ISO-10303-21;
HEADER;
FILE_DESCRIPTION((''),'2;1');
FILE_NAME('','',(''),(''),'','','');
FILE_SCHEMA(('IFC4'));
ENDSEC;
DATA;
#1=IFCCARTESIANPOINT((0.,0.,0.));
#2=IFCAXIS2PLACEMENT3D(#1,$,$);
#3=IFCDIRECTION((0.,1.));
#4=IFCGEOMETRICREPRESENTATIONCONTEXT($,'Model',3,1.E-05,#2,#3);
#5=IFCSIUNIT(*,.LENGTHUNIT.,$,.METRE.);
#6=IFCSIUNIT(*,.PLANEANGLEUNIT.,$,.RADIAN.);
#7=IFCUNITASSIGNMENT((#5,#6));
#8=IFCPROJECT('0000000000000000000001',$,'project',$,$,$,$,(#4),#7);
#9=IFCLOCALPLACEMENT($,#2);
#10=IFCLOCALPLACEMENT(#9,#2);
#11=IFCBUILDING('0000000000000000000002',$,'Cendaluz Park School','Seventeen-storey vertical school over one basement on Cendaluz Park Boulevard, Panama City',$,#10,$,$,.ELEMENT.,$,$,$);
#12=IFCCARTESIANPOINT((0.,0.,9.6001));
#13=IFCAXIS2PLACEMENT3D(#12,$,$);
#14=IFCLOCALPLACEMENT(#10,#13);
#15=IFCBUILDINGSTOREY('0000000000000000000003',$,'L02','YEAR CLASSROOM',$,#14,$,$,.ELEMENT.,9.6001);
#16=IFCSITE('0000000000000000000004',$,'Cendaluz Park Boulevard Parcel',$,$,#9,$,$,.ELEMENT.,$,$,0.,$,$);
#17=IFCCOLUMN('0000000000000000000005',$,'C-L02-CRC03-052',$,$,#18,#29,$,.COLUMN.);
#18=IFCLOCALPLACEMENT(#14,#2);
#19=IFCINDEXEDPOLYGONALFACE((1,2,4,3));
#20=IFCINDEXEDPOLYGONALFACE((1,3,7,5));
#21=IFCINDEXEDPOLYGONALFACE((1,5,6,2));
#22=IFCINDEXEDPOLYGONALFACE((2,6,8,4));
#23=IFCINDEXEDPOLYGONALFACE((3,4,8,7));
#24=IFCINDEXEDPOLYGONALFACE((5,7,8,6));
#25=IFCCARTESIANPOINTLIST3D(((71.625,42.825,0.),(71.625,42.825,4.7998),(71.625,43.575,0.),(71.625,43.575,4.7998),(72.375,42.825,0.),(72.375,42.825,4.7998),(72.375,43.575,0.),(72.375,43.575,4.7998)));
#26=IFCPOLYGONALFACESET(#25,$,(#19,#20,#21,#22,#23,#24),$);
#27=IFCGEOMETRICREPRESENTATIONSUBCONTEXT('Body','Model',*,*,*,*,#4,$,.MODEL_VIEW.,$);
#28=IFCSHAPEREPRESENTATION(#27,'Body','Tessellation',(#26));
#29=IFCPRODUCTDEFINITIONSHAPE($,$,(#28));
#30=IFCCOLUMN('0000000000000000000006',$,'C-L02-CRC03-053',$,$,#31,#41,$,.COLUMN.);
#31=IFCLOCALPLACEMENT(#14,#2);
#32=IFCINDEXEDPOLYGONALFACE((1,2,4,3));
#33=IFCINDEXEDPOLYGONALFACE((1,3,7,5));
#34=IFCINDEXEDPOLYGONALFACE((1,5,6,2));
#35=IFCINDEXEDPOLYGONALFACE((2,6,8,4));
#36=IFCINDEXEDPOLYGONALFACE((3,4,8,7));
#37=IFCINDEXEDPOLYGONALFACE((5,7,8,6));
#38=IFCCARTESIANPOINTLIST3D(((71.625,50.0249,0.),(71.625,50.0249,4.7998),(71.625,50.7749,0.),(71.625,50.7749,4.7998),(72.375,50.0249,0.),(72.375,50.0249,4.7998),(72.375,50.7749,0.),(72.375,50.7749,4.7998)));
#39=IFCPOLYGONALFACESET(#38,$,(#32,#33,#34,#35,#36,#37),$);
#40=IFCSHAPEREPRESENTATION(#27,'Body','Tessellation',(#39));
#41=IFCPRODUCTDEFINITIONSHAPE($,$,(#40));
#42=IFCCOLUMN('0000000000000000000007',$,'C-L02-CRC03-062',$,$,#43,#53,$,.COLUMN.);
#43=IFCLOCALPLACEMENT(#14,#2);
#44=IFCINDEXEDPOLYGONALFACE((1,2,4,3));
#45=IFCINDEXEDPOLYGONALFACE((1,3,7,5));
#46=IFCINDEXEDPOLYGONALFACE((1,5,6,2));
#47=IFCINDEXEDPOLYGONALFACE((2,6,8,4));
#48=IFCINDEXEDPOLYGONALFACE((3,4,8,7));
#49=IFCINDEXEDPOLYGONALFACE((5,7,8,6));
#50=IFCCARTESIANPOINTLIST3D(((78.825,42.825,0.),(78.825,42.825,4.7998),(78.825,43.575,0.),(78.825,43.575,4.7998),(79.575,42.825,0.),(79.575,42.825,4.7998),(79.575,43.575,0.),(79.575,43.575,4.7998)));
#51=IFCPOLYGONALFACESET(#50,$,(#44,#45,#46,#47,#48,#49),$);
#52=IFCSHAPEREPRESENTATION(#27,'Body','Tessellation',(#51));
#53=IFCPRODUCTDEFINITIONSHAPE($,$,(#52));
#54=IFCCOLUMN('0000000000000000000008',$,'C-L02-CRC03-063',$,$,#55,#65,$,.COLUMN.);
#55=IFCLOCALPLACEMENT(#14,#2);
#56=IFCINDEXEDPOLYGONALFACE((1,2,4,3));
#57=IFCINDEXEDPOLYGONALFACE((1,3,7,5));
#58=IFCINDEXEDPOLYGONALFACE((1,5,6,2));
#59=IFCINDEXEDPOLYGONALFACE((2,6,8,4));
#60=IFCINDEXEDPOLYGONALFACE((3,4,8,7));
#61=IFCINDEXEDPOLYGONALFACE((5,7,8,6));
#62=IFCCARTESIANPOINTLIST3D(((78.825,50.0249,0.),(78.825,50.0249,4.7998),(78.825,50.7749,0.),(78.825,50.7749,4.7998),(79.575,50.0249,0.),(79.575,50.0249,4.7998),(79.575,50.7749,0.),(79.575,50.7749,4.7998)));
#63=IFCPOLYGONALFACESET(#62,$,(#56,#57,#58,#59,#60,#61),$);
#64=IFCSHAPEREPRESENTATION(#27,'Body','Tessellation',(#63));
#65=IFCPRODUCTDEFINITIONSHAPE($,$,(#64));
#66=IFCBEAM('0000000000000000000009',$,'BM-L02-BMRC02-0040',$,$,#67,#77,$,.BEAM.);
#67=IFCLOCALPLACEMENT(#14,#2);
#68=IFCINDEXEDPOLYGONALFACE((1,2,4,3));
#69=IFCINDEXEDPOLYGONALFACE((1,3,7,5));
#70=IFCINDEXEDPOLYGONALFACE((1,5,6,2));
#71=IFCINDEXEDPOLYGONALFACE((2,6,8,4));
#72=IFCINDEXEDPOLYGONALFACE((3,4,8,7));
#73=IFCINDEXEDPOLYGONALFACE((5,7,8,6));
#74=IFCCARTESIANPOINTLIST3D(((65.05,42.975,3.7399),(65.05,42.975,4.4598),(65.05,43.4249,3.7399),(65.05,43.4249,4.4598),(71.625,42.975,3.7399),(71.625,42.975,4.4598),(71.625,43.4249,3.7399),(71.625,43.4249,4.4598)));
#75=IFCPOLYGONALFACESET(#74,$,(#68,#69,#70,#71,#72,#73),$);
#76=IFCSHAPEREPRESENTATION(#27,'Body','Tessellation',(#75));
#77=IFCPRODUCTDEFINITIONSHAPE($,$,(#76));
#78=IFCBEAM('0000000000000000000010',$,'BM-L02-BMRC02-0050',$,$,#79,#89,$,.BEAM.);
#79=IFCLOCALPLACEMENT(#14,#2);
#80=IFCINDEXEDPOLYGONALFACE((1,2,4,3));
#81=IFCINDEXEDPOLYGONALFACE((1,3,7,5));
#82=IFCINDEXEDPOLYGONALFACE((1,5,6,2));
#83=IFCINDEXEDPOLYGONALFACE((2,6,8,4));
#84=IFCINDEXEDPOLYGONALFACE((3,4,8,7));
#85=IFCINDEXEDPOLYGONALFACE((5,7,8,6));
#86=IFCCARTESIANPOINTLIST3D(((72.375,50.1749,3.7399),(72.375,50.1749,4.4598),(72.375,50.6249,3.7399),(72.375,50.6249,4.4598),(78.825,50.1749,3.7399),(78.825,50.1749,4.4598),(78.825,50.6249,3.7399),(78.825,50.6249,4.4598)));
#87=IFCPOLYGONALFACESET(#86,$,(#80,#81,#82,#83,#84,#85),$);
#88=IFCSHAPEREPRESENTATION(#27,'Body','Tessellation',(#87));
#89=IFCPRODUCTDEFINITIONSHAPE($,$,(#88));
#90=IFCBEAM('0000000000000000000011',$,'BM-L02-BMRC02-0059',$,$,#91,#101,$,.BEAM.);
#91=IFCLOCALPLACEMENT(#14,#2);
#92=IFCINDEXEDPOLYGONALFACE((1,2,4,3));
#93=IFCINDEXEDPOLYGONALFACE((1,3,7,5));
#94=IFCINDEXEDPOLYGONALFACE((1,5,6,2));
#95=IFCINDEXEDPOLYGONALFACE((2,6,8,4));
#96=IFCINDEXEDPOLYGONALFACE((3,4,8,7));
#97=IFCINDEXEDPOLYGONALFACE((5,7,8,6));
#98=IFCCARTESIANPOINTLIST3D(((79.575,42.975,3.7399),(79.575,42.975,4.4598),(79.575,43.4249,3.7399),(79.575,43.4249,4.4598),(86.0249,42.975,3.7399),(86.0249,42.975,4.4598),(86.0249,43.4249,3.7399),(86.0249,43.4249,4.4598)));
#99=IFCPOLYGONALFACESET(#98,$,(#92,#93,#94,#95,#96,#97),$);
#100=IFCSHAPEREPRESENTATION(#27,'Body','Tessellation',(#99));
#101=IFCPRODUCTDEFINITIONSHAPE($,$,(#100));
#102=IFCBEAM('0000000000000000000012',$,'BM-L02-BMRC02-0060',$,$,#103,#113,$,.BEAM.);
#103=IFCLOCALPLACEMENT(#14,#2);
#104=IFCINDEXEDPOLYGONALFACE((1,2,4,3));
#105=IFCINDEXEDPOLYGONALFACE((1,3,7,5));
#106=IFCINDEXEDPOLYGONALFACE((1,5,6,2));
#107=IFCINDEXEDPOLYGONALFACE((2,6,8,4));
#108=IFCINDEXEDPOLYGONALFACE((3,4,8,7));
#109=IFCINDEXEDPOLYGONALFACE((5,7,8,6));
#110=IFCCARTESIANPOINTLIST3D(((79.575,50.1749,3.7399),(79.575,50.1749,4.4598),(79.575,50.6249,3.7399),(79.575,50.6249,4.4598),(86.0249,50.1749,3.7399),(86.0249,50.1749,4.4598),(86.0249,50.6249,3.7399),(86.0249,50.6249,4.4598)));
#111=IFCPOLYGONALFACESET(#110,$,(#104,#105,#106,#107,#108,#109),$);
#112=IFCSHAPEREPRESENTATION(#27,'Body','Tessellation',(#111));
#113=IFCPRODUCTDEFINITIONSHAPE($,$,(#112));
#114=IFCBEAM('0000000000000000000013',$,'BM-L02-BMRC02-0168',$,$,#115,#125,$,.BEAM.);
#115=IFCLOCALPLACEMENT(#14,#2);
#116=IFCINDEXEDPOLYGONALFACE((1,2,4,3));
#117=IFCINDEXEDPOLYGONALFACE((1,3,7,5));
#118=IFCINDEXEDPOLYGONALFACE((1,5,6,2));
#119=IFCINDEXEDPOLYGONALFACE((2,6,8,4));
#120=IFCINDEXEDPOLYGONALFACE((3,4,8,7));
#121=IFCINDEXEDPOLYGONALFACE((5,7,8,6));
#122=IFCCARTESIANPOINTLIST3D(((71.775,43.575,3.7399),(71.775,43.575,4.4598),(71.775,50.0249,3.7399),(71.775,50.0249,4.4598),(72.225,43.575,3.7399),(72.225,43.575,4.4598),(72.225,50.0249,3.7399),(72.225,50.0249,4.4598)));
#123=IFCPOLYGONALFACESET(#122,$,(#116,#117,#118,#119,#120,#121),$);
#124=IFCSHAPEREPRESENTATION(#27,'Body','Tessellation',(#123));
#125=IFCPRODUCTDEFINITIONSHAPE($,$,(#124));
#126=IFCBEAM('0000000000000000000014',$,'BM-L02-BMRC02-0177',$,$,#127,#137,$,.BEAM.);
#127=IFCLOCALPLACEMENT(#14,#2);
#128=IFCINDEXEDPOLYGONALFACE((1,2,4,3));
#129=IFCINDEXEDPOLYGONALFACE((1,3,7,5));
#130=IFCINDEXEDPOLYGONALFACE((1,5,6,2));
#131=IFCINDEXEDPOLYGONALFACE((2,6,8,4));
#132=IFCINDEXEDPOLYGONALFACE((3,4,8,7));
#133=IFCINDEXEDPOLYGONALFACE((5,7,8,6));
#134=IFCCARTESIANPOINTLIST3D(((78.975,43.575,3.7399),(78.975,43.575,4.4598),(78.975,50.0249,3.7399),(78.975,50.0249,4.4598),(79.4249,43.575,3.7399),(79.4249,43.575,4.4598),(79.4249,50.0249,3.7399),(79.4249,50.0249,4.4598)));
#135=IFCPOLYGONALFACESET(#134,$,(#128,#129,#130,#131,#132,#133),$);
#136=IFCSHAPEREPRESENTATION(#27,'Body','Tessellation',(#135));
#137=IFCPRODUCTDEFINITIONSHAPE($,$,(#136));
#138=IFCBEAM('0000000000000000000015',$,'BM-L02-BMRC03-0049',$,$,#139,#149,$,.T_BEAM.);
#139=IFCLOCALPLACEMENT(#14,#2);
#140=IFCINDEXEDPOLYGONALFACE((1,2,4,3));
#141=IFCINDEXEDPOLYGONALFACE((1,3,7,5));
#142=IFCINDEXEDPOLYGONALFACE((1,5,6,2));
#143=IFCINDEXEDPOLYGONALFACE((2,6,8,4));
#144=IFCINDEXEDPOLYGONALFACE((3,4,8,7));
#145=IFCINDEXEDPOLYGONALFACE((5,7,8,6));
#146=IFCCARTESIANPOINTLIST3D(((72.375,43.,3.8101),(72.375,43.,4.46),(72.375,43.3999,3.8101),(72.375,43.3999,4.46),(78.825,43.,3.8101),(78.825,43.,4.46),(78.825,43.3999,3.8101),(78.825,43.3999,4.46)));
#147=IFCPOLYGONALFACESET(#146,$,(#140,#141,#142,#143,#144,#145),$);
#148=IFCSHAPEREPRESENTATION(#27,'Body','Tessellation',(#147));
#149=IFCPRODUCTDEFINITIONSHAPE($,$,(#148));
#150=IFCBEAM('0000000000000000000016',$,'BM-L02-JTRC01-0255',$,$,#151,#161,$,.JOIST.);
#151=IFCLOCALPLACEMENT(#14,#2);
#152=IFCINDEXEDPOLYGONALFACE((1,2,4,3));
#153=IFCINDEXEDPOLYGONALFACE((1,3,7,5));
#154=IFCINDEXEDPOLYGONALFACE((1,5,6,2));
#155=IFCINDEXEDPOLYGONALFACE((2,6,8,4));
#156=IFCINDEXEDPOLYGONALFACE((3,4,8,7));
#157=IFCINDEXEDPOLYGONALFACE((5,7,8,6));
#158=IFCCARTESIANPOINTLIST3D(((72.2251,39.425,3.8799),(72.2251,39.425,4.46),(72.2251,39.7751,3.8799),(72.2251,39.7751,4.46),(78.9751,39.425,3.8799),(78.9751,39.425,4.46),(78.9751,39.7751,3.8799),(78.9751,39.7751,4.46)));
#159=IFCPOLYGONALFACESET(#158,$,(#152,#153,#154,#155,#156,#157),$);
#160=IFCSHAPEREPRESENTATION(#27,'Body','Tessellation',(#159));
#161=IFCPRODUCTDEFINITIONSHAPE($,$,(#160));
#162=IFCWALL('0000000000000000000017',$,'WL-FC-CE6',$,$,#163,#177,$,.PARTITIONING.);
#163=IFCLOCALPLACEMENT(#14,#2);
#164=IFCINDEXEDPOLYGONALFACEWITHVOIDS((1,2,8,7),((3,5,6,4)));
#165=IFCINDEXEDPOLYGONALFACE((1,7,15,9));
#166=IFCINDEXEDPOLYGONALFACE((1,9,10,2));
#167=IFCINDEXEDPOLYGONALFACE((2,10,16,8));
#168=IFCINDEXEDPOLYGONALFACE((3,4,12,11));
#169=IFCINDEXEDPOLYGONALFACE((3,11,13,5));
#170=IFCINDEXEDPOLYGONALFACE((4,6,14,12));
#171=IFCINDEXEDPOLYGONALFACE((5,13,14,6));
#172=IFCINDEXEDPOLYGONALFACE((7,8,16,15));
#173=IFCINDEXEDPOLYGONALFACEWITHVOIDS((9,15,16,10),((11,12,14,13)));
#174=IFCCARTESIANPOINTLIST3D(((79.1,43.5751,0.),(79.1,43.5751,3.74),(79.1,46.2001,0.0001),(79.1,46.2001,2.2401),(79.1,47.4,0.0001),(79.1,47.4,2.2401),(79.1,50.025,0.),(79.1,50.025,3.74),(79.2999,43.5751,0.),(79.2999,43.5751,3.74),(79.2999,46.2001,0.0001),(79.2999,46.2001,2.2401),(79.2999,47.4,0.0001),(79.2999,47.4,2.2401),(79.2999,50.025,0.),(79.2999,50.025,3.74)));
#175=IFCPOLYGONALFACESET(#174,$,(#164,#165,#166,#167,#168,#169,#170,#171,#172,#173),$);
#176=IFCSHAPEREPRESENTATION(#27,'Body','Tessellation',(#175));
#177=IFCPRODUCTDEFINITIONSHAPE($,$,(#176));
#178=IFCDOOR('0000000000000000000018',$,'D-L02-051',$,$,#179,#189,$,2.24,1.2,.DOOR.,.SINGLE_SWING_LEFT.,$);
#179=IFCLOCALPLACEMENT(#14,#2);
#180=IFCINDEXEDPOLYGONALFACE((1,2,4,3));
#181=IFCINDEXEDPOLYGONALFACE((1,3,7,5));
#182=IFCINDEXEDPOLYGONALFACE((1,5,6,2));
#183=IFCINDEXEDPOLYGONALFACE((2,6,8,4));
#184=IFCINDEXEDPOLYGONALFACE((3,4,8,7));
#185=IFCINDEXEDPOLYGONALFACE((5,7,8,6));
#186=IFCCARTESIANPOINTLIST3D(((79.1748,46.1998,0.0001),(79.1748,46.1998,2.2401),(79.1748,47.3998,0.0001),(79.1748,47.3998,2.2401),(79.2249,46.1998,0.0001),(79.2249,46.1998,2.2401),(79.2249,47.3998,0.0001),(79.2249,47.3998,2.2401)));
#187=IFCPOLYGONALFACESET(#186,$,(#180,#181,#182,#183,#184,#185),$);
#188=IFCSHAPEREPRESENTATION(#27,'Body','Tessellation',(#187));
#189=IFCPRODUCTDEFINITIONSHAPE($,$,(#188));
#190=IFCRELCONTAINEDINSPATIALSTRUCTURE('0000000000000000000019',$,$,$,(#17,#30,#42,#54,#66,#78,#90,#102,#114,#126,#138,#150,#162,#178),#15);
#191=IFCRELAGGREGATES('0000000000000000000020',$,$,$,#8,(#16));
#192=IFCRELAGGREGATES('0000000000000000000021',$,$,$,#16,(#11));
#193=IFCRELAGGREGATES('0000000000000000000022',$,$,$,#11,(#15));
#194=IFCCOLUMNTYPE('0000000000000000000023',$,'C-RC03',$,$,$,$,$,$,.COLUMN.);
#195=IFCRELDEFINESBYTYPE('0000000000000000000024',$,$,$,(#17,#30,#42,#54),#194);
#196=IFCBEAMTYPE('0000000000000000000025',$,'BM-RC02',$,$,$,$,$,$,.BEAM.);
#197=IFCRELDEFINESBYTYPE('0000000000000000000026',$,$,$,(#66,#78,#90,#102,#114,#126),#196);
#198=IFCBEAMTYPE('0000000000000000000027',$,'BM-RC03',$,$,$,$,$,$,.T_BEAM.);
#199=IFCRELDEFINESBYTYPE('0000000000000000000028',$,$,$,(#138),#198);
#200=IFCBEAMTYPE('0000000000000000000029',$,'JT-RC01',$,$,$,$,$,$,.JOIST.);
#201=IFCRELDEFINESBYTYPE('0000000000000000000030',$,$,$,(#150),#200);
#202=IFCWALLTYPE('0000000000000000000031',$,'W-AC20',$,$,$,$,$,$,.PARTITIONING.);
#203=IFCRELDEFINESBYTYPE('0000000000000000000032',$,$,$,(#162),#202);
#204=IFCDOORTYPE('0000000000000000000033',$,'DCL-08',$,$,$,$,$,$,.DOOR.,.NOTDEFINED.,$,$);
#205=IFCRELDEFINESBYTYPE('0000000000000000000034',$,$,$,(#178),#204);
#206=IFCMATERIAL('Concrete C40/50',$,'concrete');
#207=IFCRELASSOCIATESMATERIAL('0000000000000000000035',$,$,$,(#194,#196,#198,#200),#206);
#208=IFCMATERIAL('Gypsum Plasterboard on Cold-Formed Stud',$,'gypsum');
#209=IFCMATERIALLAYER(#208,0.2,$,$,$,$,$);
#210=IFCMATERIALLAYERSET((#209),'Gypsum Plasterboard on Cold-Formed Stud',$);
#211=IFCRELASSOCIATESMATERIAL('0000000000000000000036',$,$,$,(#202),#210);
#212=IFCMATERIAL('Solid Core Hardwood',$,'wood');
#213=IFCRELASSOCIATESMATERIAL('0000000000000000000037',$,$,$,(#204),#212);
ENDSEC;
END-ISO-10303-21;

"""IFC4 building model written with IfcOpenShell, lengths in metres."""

from ifc_helpers import new_model, si_unit, direction, frame, frame_2d, origin, origin_2d, place, context, subcontext, project, spatial, rectangle, extrude, material, layer, layer_set, material_profile, profile_set, type_object, element, fill, save


model = new_model("IFC4")

# Units and contexts
model_context = context("Model", 3, precision=1e-05, world=origin(), true_north=direction((0.0, 1.0)))
body_context = subcontext(model_context, "Body", "Model", "MODEL_VIEW")
ifc_project = project(units=[si_unit("LENGTHUNIT", "METRE"), si_unit("PLANEANGLEUNIT", "RADIAN")], contexts=[model_context])

# Site, building, storey
site_placement = place(None, origin())
site = spatial("IfcSite", under=ifc_project, at=site_placement, Name="Cendaluz Park Boulevard Parcel", CompositionType="ELEMENT", RefElevation=0.0)
building_placement = place(site_placement, origin())
building = spatial("IfcBuilding", under=site, at=building_placement, Name="Cendaluz Park School", Description="Seventeen-storey vertical school over one basement on Cendaluz Park Boulevard, Panama City", CompositionType="ELEMENT")
storey_placement = place(building_placement, frame((0.0, 0.0, 9.6001)))
storey = spatial("IfcBuildingStorey", under=building, at=storey_placement, Name="L02", Description="YEAR CLASSROOM", CompositionType="ELEMENT", Elevation=9.6001)

# Columns
ifc_material_1 = material(Name="Concrete C40/50", Category="concrete")
ifc_material_profile_1 = material_profile(ifc_material_1, rectangle(XDim=0.75, YDim=0.75, at=origin_2d()), Name="RC 750x750", Category="concrete")
ifc_profile_set_1 = profile_set([ifc_material_profile_1], Name="Concrete C40/50")
column_type = type_object("IfcColumnType", Name="C-RC03", PredefinedType="COLUMN", material=ifc_profile_set_1)
for number, where, z_axis, x_axis, name in (
    (1, (72.0, 43.2, 0.0), (0.0, 0.0, 1.0), (1.0, 0.0, 0.0), "C-L02-CRC03-052"),
    (2, (72.0, 50.3999, 0.0), (0.0, 0.0, 1.0), (1.0, 0.0, 0.0), "C-L02-CRC03-053"),
    (3, (79.2, 43.2, 0.0), (0.0, 0.0, 1.0), (1.0, 0.0, 0.0), "C-L02-CRC03-062"),
    (4, (79.2, 50.3999, 0.0), (0.0, 0.0, 1.0), (1.0, 0.0, 0.0), "C-L02-CRC03-063"),
):
    element("IfcColumn", number, at=place(storey_placement, frame(where, z_axis=z_axis, x_axis=x_axis)), inside=storey, type_object=column_type, Name=name, PredefinedType="COLUMN", context=body_context, shape_type="SweptSolid", body=[
        extrude(rectangle(XDim=0.75, YDim=0.75, at=origin_2d()), origin(), (0.0, 0.0, 1.0), 4.7998),
    ])

# Beams
ifc_material_profile_2 = material_profile(ifc_material_1, rectangle(XDim=0.45, YDim=0.72, at=origin_2d()), Name="RC 450x720", Category="concrete")
ifc_profile_set_2 = profile_set([ifc_material_profile_2], Name="Concrete C40/50")
beam_type_1 = type_object("IfcBeamType", Name="BM-RC02", PredefinedType="BEAM", material=ifc_profile_set_2)
beam_1_placement = place(storey_placement, frame((65.05, 43.2, 4.0999), z_axis=(1.0, 0.0, 0.0), x_axis=(0.0, 1.0, 0.0)))
element("IfcBeam", 5, at=beam_1_placement, inside=storey, type_object=beam_type_1, Name="BM-L02-BMRC02-0040", PredefinedType="BEAM", context=body_context, shape_type="SweptSolid", body=[
    extrude(rectangle(XDim=0.45, YDim=0.72, at=origin_2d()), origin(), (0.0, 0.0, 1.0), 6.575),
])
for number, where, z_axis, x_axis, name in (
    (6, (72.375, 50.3999, 4.0999), (1.0, 0.0, 0.0), (0.0, 1.0, 0.0), "BM-L02-BMRC02-0050"),
    (7, (79.575, 43.2, 4.0999), (1.0, 0.0, 0.0), (0.0, 1.0, 0.0), "BM-L02-BMRC02-0059"),
    (8, (79.575, 50.3999, 4.0999), (1.0, 0.0, 0.0), (0.0, 1.0, 0.0), "BM-L02-BMRC02-0060"),
    (9, (72.0, 43.575, 4.0999), (0.0, 1.0, 0.0), (-1.0, 0.0, 0.0), "BM-L02-BMRC02-0168"),
    (10, (79.2, 43.575, 4.0999), (0.0, 1.0, 0.0), (-1.0, 0.0, 0.0), "BM-L02-BMRC02-0177"),
):
    element("IfcBeam", number, at=place(storey_placement, frame(where, z_axis=z_axis, x_axis=x_axis)), inside=storey, type_object=beam_type_1, Name=name, PredefinedType="BEAM", context=body_context, shape_type="SweptSolid", body=[
        extrude(rectangle(XDim=0.45, YDim=0.72, at=origin_2d()), origin(), (0.0, 0.0, 1.0), 6.45),
    ])
ifc_material_profile_3 = material_profile(ifc_material_1, rectangle(XDim=0.3999, YDim=0.6499, at=origin_2d()), Name="RC 400x650", Category="concrete")
ifc_profile_set_3 = profile_set([ifc_material_profile_3], Name="Concrete C40/50")
beam_type_2 = type_object("IfcBeamType", Name="BM-RC03", PredefinedType="T_BEAM", material=ifc_profile_set_3)
beam_2_placement = place(storey_placement, frame((72.375, 43.2, 4.135), z_axis=(1.0, 0.0, 0.0), x_axis=(0.0, 1.0, 0.0)))
element("IfcBeam", 11, at=beam_2_placement, inside=storey, type_object=beam_type_2, Name="BM-L02-BMRC03-0049", PredefinedType="T_BEAM", context=body_context, shape_type="SweptSolid", body=[
    extrude(rectangle(XDim=0.3999, YDim=0.6499, at=origin_2d()), origin(), (0.0, 0.0, 1.0), 6.45),
])
ifc_material_profile_4 = material_profile(ifc_material_1, rectangle(XDim=0.3501, YDim=0.5801, at=origin_2d()), Name="RC 350x580", Category="concrete")
ifc_profile_set_4 = profile_set([ifc_material_profile_4], Name="Concrete C40/50")
beam_type_3 = type_object("IfcBeamType", Name="JT-RC01", PredefinedType="JOIST", material=ifc_profile_set_4)
beam_3_placement = place(storey_placement, frame((72.2251, 39.6001, 4.1699), z_axis=(1.0, 0.0, 0.0), x_axis=(0.0, 1.0, 0.0)))
element("IfcBeam", 12, at=beam_3_placement, inside=storey, type_object=beam_type_3, Name="BM-L02-JTRC01-0255", PredefinedType="JOIST", context=body_context, shape_type="SweptSolid", body=[
    extrude(rectangle(XDim=0.3501, YDim=0.5801, at=origin_2d()), origin(), (0.0, 0.0, 1.0), 6.75),
])

# Wall, opening, door
ifc_material_2 = material(Name="Gypsum Plasterboard on Cold-Formed Stud", Category="gypsum")
ifc_layer_1 = layer(ifc_material_2, 0.2)
ifc_layer_set_1 = layer_set([ifc_layer_1], Name="Gypsum Plasterboard on Cold-Formed Stud")
wall_type_1 = type_object("IfcWallType", Name="W-AC20", PredefinedType="PARTITIONING", material=ifc_layer_set_1)
wall_1_placement = place(storey_placement, frame((79.2, 43.575, 0.0), z_axis=(0.0, 0.0, 1.0), x_axis=(0.0, 1.0, 0.0)))
wall_1 = element("IfcWall", 13, at=wall_1_placement, inside=storey, type_object=wall_type_1, Name="WL-FC-CE6", PredefinedType="PARTITIONING", context=body_context, shape_type="SweptSolid", body=[
    extrude(rectangle(XDim=6.45, YDim=0.2, at=frame_2d((3.2251, 0.0))), origin(), (0.0, 0.0, 1.0), 3.74),
])
opening_1_placement = place(wall_1_placement, frame((2.625, 0.0, 0.0)))
opening_1 = element("IfcOpeningElement", 14, at=opening_1_placement, cuts=wall_1, PredefinedType="OPENING", context=body_context, shape_type="SweptSolid", body=[
    extrude(rectangle(XDim=1.2, YDim=2.24, at=frame_2d((0.6001, 1.1201))), frame((0.0, 0.1121, 0.0), z_axis=(0.0, -1.0, 0.0), x_axis=(1.0, 0.0, 0.0)), (0.0, 0.0, 1.0), 0.2239),
])
ifc_material_3 = material(Name="Solid Core Hardwood", Category="wood")
door_type_1 = type_object("IfcDoorType", Name="DCL-08", OperationType="NOTDEFINED", PredefinedType="DOOR", material=ifc_material_3)
door_1_placement = place(opening_1_placement, frame((1.2, 0.0, 0.0), z_axis=(0.0, 0.0, 1.0), x_axis=(-1.0, 0.0, 0.0)))
door_1 = element("IfcDoor", 15, at=door_1_placement, inside=storey, type_object=door_type_1, Name="D-L02-051", OperationType="SINGLE_SWING_LEFT", OverallHeight=2.24, OverallWidth=1.2, PredefinedType="DOOR", context=body_context, shape_type="SweptSolid", body=[
    extrude(rectangle(XDim=1.2, YDim=2.24, at=frame_2d((0.6001, 1.1201))), frame((0.0, 0.0249, 0.0), z_axis=(0.0, -1.0, 0.0), x_axis=(1.0, 0.0, 0.0)), (0.0, 0.0, 1.0), 0.05),
])
fill(opening_1, door_1)

save(model, "model.ifc")
